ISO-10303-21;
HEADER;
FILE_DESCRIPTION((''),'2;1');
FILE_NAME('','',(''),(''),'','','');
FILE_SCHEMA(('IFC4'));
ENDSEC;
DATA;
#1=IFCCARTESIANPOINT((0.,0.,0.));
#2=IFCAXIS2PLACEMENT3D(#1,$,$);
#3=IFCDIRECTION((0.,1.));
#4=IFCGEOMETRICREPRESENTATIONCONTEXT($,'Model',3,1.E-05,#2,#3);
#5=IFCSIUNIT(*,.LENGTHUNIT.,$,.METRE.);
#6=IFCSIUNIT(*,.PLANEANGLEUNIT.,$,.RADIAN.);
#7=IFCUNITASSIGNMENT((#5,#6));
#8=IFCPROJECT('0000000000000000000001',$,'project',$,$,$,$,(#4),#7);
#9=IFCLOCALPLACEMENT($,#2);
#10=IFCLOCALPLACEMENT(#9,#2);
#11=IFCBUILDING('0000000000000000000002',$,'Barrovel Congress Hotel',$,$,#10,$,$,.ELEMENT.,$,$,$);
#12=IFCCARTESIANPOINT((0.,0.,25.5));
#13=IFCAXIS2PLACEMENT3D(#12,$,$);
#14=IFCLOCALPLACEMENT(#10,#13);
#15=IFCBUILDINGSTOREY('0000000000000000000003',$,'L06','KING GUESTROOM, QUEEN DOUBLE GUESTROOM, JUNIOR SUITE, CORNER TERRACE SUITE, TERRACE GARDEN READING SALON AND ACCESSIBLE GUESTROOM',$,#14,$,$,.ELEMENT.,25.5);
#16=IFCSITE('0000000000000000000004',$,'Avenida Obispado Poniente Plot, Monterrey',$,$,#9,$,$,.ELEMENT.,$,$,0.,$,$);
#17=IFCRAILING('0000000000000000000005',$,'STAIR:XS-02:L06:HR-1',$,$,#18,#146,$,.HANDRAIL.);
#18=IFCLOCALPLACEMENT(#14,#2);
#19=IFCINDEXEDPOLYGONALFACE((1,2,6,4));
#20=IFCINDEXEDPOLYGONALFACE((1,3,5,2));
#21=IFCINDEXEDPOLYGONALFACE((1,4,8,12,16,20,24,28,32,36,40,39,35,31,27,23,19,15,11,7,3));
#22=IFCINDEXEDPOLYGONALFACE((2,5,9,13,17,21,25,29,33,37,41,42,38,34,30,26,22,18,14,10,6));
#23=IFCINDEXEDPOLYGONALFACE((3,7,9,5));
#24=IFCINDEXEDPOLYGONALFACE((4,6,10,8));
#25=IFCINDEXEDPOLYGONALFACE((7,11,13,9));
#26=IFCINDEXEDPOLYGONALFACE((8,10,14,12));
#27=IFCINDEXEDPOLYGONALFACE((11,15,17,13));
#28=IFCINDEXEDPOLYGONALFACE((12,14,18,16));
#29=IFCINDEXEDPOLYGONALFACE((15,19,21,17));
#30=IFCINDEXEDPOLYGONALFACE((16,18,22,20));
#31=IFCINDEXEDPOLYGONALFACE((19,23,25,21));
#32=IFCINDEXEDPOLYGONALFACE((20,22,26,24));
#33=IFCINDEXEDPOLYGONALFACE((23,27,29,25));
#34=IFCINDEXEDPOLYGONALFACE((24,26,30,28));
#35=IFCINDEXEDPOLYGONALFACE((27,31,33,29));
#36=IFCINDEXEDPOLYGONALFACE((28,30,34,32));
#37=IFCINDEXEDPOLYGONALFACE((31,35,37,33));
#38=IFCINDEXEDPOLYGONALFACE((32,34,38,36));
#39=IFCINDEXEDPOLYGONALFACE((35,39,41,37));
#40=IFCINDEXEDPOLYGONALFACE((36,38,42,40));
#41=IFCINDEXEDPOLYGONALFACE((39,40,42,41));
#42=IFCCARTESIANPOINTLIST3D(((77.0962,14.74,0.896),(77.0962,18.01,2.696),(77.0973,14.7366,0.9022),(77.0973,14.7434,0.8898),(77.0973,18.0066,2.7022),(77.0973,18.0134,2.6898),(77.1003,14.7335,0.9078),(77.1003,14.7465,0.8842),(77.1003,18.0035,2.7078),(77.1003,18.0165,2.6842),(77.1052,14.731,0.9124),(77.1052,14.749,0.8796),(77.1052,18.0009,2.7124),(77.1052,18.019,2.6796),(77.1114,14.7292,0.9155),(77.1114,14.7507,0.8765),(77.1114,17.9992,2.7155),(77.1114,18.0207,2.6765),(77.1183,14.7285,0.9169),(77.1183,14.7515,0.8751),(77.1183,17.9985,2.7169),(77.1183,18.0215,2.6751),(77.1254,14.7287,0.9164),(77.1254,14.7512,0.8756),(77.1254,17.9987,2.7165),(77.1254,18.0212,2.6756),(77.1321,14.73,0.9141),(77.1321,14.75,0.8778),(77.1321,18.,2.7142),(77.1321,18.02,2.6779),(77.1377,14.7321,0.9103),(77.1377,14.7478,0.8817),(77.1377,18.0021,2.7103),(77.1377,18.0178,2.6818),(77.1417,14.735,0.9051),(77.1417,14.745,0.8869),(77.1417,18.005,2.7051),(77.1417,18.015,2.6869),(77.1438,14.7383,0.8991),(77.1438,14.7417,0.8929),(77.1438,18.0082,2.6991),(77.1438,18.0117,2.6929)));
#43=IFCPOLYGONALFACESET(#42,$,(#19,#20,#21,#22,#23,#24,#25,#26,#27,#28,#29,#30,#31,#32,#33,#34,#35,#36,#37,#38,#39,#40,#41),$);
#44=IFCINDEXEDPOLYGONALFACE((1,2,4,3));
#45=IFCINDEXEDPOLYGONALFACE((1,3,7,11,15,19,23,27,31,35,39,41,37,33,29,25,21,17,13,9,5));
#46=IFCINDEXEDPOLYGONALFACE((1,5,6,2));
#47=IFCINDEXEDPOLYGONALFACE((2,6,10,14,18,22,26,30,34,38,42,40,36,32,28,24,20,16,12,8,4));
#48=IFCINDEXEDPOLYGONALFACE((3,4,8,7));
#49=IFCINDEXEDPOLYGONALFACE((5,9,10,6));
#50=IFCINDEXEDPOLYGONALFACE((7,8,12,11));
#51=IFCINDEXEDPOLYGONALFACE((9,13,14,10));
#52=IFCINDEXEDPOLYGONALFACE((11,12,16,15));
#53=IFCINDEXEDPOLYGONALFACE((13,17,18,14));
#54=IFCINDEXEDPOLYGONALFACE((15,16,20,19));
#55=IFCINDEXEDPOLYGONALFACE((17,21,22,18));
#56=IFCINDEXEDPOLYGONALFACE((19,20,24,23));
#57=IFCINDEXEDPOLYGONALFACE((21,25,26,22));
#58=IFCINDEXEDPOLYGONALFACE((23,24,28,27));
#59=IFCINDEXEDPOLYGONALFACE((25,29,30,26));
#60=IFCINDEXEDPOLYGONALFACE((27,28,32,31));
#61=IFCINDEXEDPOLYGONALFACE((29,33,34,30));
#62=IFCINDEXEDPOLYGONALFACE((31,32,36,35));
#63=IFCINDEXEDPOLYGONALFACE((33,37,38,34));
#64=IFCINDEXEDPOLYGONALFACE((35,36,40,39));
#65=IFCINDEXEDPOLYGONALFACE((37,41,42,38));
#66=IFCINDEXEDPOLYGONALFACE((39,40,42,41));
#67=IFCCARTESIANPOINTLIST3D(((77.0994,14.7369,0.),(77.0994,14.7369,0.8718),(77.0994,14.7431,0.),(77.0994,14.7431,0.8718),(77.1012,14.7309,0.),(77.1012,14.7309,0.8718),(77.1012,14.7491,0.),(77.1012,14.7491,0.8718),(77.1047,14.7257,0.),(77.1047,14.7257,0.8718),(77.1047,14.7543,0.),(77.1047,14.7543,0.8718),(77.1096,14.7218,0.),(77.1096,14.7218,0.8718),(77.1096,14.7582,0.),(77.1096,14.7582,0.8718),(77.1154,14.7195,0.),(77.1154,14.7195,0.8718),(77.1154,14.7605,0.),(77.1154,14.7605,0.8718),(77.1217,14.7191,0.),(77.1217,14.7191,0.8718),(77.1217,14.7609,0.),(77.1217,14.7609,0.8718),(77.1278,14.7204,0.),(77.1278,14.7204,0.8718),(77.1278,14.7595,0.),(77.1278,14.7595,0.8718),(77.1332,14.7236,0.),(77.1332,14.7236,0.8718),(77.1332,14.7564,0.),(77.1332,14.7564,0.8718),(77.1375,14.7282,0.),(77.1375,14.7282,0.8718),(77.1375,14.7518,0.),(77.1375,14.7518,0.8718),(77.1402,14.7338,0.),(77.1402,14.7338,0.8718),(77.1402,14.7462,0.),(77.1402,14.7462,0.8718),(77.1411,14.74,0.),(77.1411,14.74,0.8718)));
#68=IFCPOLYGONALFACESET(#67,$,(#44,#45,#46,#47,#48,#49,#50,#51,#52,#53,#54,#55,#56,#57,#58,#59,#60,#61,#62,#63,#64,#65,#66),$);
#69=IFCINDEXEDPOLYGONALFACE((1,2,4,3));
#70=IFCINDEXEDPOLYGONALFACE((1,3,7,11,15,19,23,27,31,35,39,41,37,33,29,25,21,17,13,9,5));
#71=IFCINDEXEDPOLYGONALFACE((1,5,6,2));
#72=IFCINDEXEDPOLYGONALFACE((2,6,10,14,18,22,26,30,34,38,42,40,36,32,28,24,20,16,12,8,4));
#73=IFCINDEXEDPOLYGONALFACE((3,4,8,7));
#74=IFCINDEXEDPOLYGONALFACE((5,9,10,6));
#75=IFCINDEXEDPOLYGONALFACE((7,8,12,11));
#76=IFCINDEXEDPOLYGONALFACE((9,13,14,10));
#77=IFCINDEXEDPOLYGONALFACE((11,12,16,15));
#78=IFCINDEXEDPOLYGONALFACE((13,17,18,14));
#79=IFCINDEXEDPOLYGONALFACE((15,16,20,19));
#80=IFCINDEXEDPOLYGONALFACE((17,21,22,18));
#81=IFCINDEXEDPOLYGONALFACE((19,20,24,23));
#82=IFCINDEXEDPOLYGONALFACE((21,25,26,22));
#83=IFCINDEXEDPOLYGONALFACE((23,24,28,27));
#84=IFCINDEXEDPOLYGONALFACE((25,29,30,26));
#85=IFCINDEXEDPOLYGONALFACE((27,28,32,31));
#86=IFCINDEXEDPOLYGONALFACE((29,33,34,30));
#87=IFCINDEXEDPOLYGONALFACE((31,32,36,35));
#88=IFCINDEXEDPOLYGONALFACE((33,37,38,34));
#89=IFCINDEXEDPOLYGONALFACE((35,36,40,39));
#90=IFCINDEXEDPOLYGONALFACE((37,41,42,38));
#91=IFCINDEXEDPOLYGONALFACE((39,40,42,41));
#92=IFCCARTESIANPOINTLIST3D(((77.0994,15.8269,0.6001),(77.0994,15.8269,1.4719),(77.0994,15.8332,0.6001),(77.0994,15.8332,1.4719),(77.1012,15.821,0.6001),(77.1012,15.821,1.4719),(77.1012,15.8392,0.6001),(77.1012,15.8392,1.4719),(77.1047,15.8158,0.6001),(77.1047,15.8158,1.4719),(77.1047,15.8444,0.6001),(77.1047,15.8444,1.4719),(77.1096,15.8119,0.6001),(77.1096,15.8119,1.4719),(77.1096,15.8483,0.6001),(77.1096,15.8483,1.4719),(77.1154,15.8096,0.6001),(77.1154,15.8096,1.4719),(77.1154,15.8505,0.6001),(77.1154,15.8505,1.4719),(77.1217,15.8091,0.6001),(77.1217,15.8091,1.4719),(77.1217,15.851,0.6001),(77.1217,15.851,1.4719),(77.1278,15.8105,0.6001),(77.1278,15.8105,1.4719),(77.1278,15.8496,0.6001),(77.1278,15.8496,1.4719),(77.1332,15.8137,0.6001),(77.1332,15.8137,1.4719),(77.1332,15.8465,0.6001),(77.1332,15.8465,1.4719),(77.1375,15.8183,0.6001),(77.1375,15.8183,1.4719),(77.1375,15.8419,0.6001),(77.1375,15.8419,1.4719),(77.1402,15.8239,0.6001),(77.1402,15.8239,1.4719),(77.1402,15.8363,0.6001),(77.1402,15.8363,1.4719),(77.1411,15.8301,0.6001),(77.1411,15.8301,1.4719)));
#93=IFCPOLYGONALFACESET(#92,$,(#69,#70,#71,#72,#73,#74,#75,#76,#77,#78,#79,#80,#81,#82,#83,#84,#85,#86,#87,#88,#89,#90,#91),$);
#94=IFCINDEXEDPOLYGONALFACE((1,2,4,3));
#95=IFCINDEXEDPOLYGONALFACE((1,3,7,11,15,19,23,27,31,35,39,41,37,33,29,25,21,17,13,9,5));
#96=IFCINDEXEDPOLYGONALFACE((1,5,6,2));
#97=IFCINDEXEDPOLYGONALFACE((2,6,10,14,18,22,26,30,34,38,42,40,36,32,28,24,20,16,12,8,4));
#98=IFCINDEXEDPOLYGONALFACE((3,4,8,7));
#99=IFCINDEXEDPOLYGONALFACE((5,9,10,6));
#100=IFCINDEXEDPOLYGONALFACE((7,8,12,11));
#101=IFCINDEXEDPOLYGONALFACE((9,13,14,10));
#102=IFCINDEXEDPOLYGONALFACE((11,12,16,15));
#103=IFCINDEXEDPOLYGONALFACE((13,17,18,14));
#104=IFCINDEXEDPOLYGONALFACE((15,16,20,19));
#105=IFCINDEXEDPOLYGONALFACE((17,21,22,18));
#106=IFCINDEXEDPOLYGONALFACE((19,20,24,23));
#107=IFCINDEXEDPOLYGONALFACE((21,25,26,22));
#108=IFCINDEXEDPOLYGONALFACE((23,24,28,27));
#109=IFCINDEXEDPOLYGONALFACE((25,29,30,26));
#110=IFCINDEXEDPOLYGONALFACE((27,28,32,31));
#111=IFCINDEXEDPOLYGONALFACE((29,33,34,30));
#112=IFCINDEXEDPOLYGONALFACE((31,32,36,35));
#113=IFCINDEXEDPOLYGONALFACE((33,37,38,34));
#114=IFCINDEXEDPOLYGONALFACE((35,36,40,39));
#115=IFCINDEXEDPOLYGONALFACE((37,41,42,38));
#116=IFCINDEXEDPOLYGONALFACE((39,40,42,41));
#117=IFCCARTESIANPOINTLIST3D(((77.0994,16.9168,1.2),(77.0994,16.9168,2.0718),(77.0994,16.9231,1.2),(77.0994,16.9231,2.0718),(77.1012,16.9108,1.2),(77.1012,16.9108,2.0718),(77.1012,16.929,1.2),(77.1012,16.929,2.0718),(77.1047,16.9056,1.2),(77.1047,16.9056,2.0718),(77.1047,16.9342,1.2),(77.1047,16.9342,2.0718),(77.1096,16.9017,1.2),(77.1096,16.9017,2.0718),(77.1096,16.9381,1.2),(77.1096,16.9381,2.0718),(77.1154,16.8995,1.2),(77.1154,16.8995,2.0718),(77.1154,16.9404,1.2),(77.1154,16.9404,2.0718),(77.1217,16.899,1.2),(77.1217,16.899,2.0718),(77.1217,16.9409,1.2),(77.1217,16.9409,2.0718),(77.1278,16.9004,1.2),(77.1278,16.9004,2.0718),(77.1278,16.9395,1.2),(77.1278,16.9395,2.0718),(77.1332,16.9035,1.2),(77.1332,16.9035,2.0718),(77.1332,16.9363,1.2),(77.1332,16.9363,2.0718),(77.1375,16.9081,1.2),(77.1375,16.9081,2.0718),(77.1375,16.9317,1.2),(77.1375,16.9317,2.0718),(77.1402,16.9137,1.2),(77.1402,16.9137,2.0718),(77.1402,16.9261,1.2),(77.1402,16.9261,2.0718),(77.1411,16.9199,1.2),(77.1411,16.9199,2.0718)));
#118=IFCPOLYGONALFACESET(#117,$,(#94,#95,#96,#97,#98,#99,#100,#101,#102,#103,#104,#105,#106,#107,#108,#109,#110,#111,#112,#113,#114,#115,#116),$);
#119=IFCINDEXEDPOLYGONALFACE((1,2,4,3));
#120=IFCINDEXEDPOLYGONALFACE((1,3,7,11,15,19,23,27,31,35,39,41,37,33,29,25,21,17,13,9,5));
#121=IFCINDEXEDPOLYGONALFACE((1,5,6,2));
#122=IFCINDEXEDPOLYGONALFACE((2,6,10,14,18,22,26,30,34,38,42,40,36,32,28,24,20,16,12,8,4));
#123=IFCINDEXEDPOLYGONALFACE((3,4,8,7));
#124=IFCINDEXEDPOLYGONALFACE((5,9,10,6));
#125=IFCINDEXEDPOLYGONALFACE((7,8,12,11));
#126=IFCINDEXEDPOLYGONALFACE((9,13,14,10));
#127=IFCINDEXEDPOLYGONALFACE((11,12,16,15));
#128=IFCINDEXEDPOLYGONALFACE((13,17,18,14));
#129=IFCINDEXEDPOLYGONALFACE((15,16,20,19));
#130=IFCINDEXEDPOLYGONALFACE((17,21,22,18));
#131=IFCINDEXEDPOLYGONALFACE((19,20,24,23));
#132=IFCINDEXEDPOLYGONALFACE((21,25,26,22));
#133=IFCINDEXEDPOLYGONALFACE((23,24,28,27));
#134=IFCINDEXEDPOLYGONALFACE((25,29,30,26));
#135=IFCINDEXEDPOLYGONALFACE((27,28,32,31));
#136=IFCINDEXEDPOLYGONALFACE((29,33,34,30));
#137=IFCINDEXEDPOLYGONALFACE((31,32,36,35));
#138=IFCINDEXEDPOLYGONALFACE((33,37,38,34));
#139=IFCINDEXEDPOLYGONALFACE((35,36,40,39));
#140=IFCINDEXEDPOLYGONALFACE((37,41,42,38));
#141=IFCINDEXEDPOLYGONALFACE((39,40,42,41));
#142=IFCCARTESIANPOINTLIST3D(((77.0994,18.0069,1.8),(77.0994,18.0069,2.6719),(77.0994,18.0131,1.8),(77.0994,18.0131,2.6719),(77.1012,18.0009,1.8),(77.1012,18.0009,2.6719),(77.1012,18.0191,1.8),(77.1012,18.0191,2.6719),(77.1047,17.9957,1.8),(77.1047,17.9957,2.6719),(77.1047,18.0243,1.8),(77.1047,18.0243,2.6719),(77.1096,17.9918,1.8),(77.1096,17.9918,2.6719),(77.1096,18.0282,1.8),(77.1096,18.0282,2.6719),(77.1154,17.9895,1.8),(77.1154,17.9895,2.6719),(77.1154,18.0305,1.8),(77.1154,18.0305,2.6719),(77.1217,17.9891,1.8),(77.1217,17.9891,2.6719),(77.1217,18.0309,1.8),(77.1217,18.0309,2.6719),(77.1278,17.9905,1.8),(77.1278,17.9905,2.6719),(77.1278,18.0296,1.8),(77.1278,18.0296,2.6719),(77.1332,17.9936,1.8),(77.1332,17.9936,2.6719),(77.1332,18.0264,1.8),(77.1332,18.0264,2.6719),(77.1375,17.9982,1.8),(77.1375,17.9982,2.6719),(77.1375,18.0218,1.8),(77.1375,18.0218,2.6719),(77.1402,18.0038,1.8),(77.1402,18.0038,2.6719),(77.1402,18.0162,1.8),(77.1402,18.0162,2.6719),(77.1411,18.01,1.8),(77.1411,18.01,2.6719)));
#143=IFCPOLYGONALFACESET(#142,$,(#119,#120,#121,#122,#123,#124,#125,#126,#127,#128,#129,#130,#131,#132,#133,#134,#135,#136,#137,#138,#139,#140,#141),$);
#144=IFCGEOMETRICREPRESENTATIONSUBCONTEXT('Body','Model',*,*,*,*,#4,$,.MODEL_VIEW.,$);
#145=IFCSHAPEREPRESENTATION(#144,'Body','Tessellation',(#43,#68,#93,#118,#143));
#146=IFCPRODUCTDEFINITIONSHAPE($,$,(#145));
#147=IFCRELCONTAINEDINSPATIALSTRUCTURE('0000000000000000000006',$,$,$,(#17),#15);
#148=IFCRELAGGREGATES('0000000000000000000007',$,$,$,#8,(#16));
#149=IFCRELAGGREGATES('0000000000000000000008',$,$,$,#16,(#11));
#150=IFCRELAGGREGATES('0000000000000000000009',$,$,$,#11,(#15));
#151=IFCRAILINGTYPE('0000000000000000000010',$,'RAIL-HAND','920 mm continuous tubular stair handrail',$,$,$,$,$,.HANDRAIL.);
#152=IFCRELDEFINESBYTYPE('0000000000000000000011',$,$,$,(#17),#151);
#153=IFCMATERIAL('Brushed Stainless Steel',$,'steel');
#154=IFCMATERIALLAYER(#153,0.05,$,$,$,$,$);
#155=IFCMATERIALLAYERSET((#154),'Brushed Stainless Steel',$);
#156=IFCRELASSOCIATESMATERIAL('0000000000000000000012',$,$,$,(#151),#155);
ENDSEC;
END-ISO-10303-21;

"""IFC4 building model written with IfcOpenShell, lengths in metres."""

from ifc_helpers import new_model, si_unit, direction, frame, origin, origin_2d, place, context, subcontext, project, spatial, circle, extrude, material, layer, layer_set, type_object, element, save


model = new_model("IFC4")

# Units and contexts
model_context = context("Model", 3, precision=1e-05, world=origin(), true_north=direction((0.0, 1.0)))
body_context = subcontext(model_context, "Body", "Model", "MODEL_VIEW")
ifc_project = project(units=[si_unit("LENGTHUNIT", "METRE"), si_unit("PLANEANGLEUNIT", "RADIAN")], contexts=[model_context])

# Site, building, storey
site_placement = place(None, origin())
site = spatial("IfcSite", under=ifc_project, at=site_placement, Name="Avenida Obispado Poniente Plot, Monterrey", CompositionType="ELEMENT", RefElevation=0.0)
building_placement = place(site_placement, origin())
building = spatial("IfcBuilding", under=site, at=building_placement, Name="Barrovel Congress Hotel", CompositionType="ELEMENT")
storey_placement = place(building_placement, frame((0.0, 0.0, 25.5)))
storey = spatial("IfcBuildingStorey", under=building, at=storey_placement, Name="L06", Description="KING GUESTROOM, QUEEN DOUBLE GUESTROOM, JUNIOR SUITE, CORNER TERRACE SUITE, TERRACE GARDEN READING SALON AND ACCESSIBLE GUESTROOM", CompositionType="ELEMENT", Elevation=25.5)

# Shared definitions
ifc_material_1 = material(Name="Brushed Stainless Steel", Category="steel")

# Railing
ifc_layer_1 = layer(ifc_material_1, 0.05)
ifc_layer_set_1 = layer_set([ifc_layer_1], Name="Brushed Stainless Steel")
railing_type_1 = type_object("IfcRailingType", Name="RAIL-HAND", Description="920 mm continuous tubular stair handrail", PredefinedType="HANDRAIL", material=ifc_layer_set_1)
railing_1_placement = place(storey_placement, frame((77.1201, 14.74, 0.0)))
element("IfcRailing", 1, at=railing_1_placement, inside=storey, type_object=railing_type_1, Name="STAIR:XS-02:L06:HR-1", PredefinedType="HANDRAIL", context=body_context, shape_type="SweptSolid", body=[
    extrude(circle(Radius=0.0239, at=origin_2d()), frame((0.0, 0.0, 0.896), z_axis=(0.0, 0.876042, 0.482235), x_axis=(-1.0, 0.0, 0.0)), (0.0, 0.0, 1.0), 3.7327),
    extrude(circle(Radius=0.021, at=origin_2d()), origin(), (0.0, 0.0, 1.0), 0.8718),
    extrude(circle(Radius=0.021, at=origin_2d()), frame((0.0, 1.0901, 0.6001)), (0.0, 0.0, 1.0), 0.8718),
    extrude(circle(Radius=0.021, at=origin_2d()), frame((0.0, 2.1799, 1.2)), (0.0, 0.0, 1.0), 0.8718),
    extrude(circle(Radius=0.021, at=origin_2d()), frame((0.0, 3.27, 1.8)), (0.0, 0.0, 1.0), 0.8718),
])

save(model, "model.ifc")
